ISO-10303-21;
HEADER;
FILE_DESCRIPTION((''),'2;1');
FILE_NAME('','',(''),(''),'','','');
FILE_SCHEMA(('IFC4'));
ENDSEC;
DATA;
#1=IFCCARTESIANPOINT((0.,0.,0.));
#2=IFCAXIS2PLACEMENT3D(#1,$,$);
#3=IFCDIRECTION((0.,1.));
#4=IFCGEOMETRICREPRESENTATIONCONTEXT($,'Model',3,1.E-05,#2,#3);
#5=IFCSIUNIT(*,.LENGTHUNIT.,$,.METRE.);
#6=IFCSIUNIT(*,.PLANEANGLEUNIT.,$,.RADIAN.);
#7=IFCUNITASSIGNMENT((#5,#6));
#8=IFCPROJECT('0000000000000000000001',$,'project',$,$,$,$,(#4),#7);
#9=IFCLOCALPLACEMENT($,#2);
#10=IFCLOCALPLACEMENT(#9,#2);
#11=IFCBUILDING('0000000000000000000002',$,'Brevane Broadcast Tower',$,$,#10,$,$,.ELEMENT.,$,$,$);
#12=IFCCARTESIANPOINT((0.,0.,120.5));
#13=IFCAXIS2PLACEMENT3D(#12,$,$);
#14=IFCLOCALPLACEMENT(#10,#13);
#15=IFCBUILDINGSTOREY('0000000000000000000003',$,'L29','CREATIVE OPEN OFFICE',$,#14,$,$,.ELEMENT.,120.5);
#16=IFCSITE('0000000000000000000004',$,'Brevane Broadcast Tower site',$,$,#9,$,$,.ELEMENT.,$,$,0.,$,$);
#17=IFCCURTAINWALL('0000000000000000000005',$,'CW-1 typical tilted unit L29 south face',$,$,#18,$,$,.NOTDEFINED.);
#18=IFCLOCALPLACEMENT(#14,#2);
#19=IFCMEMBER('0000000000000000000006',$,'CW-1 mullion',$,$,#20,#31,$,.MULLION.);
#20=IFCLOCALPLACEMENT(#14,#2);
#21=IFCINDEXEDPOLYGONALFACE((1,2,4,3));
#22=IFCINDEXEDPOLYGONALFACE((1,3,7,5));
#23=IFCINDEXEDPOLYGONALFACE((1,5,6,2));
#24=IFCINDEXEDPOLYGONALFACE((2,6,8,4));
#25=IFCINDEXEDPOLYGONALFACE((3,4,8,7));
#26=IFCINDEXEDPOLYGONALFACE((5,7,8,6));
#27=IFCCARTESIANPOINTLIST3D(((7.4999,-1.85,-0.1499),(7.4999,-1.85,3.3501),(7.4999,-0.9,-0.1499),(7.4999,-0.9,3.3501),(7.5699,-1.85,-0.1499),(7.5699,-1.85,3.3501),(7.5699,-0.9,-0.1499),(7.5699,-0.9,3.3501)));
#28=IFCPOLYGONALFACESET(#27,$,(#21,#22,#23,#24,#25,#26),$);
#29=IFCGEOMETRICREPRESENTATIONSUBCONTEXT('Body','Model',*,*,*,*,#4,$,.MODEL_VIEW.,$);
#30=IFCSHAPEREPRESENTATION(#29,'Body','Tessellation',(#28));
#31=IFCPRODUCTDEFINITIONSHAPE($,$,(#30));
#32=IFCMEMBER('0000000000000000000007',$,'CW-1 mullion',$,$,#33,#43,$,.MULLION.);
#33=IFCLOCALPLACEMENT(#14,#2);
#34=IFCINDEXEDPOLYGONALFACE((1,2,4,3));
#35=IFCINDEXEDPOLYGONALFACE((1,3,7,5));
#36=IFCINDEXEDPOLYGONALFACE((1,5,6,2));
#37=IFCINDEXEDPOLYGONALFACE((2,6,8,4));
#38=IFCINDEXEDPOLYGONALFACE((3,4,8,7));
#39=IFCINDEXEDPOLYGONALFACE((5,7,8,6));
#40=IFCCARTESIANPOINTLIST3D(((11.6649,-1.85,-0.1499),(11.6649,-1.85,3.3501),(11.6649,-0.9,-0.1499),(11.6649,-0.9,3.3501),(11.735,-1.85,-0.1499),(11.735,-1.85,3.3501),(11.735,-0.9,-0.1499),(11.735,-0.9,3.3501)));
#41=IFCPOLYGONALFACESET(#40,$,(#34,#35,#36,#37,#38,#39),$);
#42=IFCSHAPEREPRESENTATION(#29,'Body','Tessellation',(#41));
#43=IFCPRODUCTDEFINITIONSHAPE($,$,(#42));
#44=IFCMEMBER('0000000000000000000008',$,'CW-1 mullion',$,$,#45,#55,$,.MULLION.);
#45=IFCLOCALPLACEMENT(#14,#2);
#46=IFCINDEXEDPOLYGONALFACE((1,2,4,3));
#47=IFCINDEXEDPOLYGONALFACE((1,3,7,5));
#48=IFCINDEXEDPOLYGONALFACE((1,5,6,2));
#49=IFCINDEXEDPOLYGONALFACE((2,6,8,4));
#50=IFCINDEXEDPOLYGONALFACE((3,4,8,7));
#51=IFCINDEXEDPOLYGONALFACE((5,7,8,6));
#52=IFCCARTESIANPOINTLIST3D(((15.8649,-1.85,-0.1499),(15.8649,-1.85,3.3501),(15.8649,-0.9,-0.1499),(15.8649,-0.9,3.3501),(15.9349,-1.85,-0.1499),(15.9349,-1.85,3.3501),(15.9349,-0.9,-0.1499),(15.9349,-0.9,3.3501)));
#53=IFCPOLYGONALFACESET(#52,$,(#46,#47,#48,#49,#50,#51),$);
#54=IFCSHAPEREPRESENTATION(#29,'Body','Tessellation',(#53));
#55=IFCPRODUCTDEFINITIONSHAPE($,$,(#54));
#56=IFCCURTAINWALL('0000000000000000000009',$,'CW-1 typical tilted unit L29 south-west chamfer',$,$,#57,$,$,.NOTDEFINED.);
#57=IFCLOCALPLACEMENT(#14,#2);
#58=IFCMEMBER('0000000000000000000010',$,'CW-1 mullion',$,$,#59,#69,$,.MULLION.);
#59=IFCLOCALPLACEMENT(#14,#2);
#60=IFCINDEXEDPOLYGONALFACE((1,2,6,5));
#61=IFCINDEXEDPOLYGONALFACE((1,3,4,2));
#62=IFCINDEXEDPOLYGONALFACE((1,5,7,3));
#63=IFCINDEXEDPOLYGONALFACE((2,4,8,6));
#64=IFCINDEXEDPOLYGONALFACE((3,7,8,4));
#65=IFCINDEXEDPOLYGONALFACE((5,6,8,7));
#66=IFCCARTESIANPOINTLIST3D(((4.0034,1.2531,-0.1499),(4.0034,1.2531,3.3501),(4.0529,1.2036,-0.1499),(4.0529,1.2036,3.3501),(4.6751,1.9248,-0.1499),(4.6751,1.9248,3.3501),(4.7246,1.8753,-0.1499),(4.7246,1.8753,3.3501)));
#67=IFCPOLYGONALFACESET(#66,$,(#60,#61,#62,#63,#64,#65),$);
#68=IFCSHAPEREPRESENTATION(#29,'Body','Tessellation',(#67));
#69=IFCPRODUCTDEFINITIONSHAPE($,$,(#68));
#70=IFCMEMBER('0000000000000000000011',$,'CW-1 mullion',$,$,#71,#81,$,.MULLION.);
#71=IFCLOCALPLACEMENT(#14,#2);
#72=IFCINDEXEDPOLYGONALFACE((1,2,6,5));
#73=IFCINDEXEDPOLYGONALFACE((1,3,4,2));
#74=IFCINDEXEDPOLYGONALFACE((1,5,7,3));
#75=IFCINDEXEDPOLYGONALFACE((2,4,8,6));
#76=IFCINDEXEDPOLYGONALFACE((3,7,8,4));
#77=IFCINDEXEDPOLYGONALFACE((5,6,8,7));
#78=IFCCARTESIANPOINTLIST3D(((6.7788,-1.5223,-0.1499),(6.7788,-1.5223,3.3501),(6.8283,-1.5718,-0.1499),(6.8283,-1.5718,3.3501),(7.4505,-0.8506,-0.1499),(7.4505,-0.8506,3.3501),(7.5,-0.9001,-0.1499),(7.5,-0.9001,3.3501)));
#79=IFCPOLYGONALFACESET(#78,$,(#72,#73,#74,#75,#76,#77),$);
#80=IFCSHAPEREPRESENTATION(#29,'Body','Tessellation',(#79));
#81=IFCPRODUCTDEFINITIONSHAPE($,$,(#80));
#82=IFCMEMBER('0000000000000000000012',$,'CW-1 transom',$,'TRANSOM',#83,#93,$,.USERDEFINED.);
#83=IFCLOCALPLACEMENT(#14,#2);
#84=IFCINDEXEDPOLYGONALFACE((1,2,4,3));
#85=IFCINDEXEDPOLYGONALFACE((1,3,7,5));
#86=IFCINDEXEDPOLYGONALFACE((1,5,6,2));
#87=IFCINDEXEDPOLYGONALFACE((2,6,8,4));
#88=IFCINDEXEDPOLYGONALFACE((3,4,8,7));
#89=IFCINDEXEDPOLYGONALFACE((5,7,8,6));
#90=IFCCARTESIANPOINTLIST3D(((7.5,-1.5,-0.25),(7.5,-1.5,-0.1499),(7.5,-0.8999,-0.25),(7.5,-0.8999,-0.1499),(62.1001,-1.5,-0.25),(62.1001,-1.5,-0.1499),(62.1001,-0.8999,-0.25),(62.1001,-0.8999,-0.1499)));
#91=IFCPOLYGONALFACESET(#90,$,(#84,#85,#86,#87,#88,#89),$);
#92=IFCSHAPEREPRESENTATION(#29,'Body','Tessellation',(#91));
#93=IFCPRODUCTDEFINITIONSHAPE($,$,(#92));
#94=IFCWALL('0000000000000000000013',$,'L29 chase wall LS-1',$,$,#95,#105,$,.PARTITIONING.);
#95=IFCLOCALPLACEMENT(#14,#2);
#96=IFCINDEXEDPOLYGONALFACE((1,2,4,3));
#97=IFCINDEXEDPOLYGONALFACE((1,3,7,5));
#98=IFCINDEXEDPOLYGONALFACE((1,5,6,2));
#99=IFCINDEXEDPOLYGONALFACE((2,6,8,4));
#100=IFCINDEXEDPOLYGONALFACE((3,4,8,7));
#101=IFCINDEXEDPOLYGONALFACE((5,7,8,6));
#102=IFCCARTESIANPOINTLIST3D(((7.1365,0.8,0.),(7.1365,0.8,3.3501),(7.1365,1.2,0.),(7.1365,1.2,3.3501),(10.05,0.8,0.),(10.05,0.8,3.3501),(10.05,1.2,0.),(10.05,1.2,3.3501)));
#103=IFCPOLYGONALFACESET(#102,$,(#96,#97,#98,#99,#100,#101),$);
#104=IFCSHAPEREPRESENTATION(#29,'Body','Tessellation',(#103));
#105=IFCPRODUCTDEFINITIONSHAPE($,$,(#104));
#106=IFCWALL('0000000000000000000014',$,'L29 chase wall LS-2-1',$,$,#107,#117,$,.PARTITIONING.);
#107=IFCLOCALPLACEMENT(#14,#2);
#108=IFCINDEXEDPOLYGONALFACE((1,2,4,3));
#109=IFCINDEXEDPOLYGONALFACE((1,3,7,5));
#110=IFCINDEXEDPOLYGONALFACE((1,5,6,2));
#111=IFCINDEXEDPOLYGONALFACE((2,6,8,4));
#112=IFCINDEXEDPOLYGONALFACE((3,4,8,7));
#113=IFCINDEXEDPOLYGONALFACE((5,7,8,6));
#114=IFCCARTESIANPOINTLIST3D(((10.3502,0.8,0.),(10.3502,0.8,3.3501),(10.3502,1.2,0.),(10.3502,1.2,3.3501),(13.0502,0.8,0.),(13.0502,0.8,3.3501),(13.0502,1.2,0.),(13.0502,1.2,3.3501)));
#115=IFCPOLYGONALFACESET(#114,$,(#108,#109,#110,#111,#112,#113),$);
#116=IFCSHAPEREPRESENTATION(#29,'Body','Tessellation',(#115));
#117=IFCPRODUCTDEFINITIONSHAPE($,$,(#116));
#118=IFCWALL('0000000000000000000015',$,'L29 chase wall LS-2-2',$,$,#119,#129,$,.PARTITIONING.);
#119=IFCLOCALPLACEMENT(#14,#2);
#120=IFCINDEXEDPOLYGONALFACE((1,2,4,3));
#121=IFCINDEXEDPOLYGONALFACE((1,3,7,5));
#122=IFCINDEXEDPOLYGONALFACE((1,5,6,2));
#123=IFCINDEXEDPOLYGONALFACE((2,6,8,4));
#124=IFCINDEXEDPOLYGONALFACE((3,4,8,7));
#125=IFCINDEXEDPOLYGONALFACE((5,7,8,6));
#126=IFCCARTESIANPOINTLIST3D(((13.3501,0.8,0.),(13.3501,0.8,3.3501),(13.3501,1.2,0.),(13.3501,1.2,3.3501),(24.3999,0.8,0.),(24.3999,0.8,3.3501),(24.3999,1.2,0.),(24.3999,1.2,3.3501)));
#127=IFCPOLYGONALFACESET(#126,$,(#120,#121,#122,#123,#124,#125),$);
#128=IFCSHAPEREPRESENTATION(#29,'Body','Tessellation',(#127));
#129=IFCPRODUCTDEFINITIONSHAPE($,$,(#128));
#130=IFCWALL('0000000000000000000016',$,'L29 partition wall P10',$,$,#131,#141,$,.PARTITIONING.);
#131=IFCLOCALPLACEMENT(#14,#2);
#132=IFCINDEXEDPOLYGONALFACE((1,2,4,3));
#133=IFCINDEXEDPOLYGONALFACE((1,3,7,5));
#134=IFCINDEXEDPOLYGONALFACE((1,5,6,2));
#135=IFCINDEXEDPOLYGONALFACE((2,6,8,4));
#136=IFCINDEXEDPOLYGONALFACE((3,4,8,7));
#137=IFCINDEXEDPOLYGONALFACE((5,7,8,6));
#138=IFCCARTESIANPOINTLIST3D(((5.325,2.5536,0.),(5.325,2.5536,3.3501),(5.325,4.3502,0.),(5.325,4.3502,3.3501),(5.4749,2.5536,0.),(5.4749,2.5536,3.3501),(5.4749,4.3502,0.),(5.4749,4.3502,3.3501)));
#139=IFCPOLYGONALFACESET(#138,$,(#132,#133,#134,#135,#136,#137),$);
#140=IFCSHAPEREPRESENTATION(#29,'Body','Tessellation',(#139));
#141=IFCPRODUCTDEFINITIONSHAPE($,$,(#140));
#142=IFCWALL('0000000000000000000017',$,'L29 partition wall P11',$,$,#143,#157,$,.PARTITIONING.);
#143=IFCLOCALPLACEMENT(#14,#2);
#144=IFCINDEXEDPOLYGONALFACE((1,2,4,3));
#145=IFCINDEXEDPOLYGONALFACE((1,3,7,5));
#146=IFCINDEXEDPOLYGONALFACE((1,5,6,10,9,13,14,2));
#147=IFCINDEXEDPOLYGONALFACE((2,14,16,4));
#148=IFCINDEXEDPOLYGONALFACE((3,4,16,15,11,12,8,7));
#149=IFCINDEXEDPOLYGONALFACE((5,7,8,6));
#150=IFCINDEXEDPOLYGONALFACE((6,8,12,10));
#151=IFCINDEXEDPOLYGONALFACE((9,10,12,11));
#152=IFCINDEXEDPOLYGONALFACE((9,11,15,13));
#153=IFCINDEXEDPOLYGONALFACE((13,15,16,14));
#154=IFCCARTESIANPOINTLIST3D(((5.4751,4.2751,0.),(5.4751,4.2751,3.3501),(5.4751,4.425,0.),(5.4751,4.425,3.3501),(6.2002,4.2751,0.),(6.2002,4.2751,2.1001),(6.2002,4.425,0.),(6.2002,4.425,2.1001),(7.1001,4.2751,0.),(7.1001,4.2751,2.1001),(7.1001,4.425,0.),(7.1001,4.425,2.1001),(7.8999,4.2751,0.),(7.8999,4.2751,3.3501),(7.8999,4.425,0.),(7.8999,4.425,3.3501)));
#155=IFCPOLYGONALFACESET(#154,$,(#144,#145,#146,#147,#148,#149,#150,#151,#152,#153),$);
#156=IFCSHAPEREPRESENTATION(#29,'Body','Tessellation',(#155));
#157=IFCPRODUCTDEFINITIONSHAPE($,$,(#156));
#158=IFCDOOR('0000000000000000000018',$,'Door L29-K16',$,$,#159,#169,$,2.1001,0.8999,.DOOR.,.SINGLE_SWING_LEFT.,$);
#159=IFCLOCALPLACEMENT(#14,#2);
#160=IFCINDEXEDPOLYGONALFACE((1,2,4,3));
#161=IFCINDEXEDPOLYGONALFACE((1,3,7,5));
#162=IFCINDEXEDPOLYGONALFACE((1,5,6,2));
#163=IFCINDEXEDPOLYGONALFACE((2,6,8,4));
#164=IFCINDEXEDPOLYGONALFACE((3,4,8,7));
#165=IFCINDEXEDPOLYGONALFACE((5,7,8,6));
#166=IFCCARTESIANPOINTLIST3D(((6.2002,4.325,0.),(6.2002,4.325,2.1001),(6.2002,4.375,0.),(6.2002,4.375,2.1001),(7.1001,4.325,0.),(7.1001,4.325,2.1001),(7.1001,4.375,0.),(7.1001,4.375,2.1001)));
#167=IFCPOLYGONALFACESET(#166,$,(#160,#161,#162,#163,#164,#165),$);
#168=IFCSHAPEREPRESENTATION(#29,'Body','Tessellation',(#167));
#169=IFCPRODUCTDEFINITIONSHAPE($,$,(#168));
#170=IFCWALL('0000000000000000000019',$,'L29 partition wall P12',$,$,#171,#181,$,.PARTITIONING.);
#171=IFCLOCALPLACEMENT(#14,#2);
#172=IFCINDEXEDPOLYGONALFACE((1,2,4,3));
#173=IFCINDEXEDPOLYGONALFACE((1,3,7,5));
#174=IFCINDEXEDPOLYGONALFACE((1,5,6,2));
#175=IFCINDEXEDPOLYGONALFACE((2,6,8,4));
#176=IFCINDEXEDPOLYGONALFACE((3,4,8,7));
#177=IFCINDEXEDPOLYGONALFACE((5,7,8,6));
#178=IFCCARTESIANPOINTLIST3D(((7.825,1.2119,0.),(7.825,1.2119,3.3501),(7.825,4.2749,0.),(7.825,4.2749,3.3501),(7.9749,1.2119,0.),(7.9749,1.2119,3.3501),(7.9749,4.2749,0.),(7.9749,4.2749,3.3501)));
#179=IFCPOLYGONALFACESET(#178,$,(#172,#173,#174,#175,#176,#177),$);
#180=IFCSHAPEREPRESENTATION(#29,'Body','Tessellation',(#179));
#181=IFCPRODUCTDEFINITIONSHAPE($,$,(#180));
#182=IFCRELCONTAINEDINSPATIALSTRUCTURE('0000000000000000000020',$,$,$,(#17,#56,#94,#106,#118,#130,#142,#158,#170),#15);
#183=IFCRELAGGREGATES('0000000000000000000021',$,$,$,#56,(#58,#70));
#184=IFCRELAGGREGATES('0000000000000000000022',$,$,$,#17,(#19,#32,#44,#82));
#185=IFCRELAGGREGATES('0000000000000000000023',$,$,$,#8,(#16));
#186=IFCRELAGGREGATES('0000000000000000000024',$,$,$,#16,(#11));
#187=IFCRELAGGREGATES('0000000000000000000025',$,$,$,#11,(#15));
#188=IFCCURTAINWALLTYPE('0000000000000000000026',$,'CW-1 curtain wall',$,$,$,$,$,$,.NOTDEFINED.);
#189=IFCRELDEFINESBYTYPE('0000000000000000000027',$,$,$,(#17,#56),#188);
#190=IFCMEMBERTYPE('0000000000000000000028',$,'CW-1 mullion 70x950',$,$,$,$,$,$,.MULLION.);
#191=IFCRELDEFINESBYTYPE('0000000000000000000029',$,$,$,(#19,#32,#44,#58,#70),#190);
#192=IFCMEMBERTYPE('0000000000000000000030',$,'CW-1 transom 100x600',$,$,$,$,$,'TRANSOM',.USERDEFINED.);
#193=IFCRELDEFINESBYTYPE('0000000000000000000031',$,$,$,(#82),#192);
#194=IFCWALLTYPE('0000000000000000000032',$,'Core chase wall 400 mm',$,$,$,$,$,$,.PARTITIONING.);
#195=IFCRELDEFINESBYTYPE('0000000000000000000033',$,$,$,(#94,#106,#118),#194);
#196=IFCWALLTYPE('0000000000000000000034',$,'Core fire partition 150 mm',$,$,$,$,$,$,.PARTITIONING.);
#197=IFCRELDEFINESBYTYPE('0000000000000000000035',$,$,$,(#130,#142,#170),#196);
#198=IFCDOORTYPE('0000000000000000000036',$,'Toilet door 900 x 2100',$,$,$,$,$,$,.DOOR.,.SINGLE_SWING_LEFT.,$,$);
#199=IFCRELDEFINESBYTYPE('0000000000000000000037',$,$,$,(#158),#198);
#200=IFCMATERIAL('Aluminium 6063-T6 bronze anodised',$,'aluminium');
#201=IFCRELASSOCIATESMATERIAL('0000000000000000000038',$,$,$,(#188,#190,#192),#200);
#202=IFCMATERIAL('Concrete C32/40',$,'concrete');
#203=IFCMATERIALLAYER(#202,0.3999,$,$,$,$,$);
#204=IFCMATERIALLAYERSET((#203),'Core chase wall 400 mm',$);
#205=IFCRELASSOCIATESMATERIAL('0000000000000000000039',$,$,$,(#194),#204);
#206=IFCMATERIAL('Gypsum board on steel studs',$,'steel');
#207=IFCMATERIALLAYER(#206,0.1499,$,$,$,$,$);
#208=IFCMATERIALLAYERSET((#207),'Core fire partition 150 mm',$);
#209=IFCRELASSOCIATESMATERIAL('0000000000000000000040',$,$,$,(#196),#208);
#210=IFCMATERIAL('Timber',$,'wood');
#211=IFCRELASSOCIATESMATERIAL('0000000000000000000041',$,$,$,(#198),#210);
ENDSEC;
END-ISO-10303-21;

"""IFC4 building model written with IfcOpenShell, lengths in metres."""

from ifc_helpers import new_model, si_unit, direction, frame, frame_2d, origin, origin_2d, place, context, subcontext, project, spatial, rectangle, extrude, material, layer, layer_set, material_profile, profile_set, type_object, element, fill, aggregate, save


model = new_model("IFC4")

# Units and contexts
model_context = context("Model", 3, precision=1e-05, world=origin(), true_north=direction((0.0, 1.0)))
body_context = subcontext(model_context, "Body", "Model", "MODEL_VIEW")
ifc_project = project(units=[si_unit("LENGTHUNIT", "METRE"), si_unit("PLANEANGLEUNIT", "RADIAN")], contexts=[model_context])

# Site, building, storey
site_placement = place(None, origin())
site = spatial("IfcSite", under=ifc_project, at=site_placement, Name="Brevane Broadcast Tower site", CompositionType="ELEMENT", RefElevation=0.0)
building_placement = place(site_placement, origin())
building = spatial("IfcBuilding", under=site, at=building_placement, Name="Brevane Broadcast Tower", CompositionType="ELEMENT")
storey_placement = place(building_placement, frame((0.0, 0.0, 120.5)))
storey = spatial("IfcBuildingStorey", under=building, at=storey_placement, Name="L29", Description="CREATIVE OPEN OFFICE", CompositionType="ELEMENT", Elevation=120.5)

# Curtain walls, members
ifc_material_1 = material(Name="Aluminium 6063-T6 bronze anodised", Category="aluminium")
curtain_wall_type = type_object("IfcCurtainWallType", Name="CW-1 curtain wall", PredefinedType="NOTDEFINED", material=ifc_material_1)
curtain_wall_1_placement = place(storey_placement, origin())
curtain_wall_1 = element("IfcCurtainWall", 1, at=curtain_wall_1_placement, inside=storey, type_object=curtain_wall_type, Name="CW-1 typical tilted unit L29 south face", PredefinedType="NOTDEFINED")
ifc_material_profile_1 = material_profile(ifc_material_1, rectangle(XDim=0.95, YDim=0.0701, at=origin_2d()), Name="RECT 70x950")
ifc_profile_set_1 = profile_set([ifc_material_profile_1], Name="Aluminium 6063-T6 bronze anodised")
member_type_1 = type_object("IfcMemberType", Name="CW-1 mullion 70x950", PredefinedType="MULLION", material=ifc_profile_set_1)
member_1_placement = place(storey_placement, frame((7.5349, -1.375, -0.1499), z_axis=(0.0, 0.0, 1.0), x_axis=(0.0, 1.0, 0.0)))
member_1 = element("IfcMember", 2, at=member_1_placement, type_object=member_type_1, Name="CW-1 mullion", PredefinedType="MULLION", context=body_context, shape_type="SweptSolid", body=[
    extrude(rectangle(XDim=0.95, YDim=0.0701, at=origin_2d()), origin(), (0.0, 0.0, 1.0), 3.5),
])
member_2_placement = place(storey_placement, frame((11.7, -1.375, -0.1499), z_axis=(0.0, 0.0, 1.0), x_axis=(0.0, 1.0, 0.0)))
member_2 = element("IfcMember", 3, at=member_2_placement, type_object=member_type_1, Name="CW-1 mullion", PredefinedType="MULLION", context=body_context, shape_type="SweptSolid", body=[
    extrude(rectangle(XDim=0.95, YDim=0.0701, at=origin_2d()), origin(), (0.0, 0.0, 1.0), 3.5),
])
member_3_placement = place(storey_placement, frame((15.8999, -1.375, -0.1499), z_axis=(0.0, 0.0, 1.0), x_axis=(0.0, 1.0, 0.0)))
member_3 = element("IfcMember", 4, at=member_3_placement, type_object=member_type_1, Name="CW-1 mullion", PredefinedType="MULLION", context=body_context, shape_type="SweptSolid", body=[
    extrude(rectangle(XDim=0.95, YDim=0.0701, at=origin_2d()), origin(), (0.0, 0.0, 1.0), 3.5),
])
curtain_wall_2_placement = place(storey_placement, origin())
curtain_wall_2 = element("IfcCurtainWall", 5, at=curtain_wall_2_placement, inside=storey, type_object=curtain_wall_type, Name="CW-1 typical tilted unit L29 south-west chamfer", PredefinedType="NOTDEFINED")
member_4_placement = place(storey_placement, frame((4.364, 1.5642, -0.1499), z_axis=(0.0, 0.0, 1.0), x_axis=(0.707107, 0.707107, 0.0)))
member_4 = element("IfcMember", 6, at=member_4_placement, type_object=member_type_1, Name="CW-1 mullion", PredefinedType="MULLION", context=body_context, shape_type="SweptSolid", body=[
    extrude(rectangle(XDim=0.95, YDim=0.0701, at=origin_2d()), origin(), (0.0, 0.0, 1.0), 3.5),
])
member_5_placement = place(storey_placement, frame((7.1394, -1.2112, -0.1499), z_axis=(0.0, 0.0, 1.0), x_axis=(0.707107, 0.707107, 0.0)))
member_5 = element("IfcMember", 7, at=member_5_placement, type_object=member_type_1, Name="CW-1 mullion", PredefinedType="MULLION", context=body_context, shape_type="SweptSolid", body=[
    extrude(rectangle(XDim=0.95, YDim=0.0701, at=origin_2d()), origin(), (0.0, 0.0, 1.0), 3.5),
])
aggregate(curtain_wall_2, [member_4, member_5])

# Member
ifc_material_profile_2 = material_profile(ifc_material_1, rectangle(XDim=0.6001, YDim=0.1001, at=origin_2d()), Name="RECT 100x600")
ifc_profile_set_2 = profile_set([ifc_material_profile_2], Name="Aluminium 6063-T6 bronze anodised")
member_type_2 = type_object("IfcMemberType", Name="CW-1 transom 100x600", ElementType="TRANSOM", PredefinedType="USERDEFINED", material=ifc_profile_set_2)
member_6_placement = place(storey_placement, frame((7.5, -1.2, -0.2), z_axis=(1.0, 0.0, 0.0), x_axis=(0.0, 1.0, 0.0)))
member_6 = element("IfcMember", 8, at=member_6_placement, type_object=member_type_2, Name="CW-1 transom", ObjectType="TRANSOM", PredefinedType="USERDEFINED", context=body_context, shape_type="SweptSolid", body=[
    extrude(rectangle(XDim=0.6001, YDim=0.1001, at=origin_2d()), origin(), (0.0, 0.0, 1.0), 54.6001),
])
aggregate(curtain_wall_1, [member_1, member_2, member_3, member_6])

# Walls
ifc_material_2 = material(Name="Concrete C32/40", Category="concrete")
ifc_layer_1 = layer(ifc_material_2, 0.3999)
ifc_layer_set_1 = layer_set([ifc_layer_1], Name="Core chase wall 400 mm")
wall_type_1 = type_object("IfcWallType", Name="Core chase wall 400 mm", PredefinedType="PARTITIONING", material=ifc_layer_set_1)
wall_1_placement = place(storey_placement, frame((7.1365, 1.0, 0.0), z_axis=(0.0, 0.0, 1.0), x_axis=(1.0, 0.0, 0.0)))
element("IfcWall", 9, at=wall_1_placement, inside=storey, type_object=wall_type_1, Name="L29 chase wall LS-1", PredefinedType="PARTITIONING", context=body_context, shape_type="SweptSolid", body=[
    extrude(rectangle(XDim=2.9136, YDim=0.3999, at=frame_2d((1.4568, 0.0))), origin(), (0.0, 0.0, 1.0), 3.3501),
])
wall_2_placement = place(storey_placement, frame((10.3501, 1.0, 0.0), z_axis=(0.0, 0.0, 1.0), x_axis=(1.0, 0.0, 0.0)))
element("IfcWall", 10, at=wall_2_placement, inside=storey, type_object=wall_type_1, Name="L29 chase wall LS-2-1", PredefinedType="PARTITIONING", context=body_context, shape_type="SweptSolid", body=[
    extrude(rectangle(XDim=2.7, YDim=0.3999, at=frame_2d((1.3501, 0.0))), origin(), (0.0, 0.0, 1.0), 3.3501),
])
wall_3_placement = place(storey_placement, frame((13.3501, 1.0, 0.0), z_axis=(0.0, 0.0, 1.0), x_axis=(1.0, 0.0, 0.0)))
element("IfcWall", 11, at=wall_3_placement, inside=storey, type_object=wall_type_1, Name="L29 chase wall LS-2-2", PredefinedType="PARTITIONING", context=body_context, shape_type="SweptSolid", body=[
    extrude(rectangle(XDim=11.0498, YDim=0.3999, at=frame_2d((5.5249, 0.0))), origin(), (0.0, 0.0, 1.0), 3.3501),
])
ifc_material_3 = material(Name="Gypsum board on steel studs", Category="steel")
ifc_layer_2 = layer(ifc_material_3, 0.1499)
ifc_layer_set_2 = layer_set([ifc_layer_2], Name="Core fire partition 150 mm")
wall_type_2 = type_object("IfcWallType", Name="Core fire partition 150 mm", PredefinedType="PARTITIONING", material=ifc_layer_set_2)
wall_4_placement = place(storey_placement, frame((5.3999, 2.5535, 0.0), z_axis=(0.0, 0.0, 1.0), x_axis=(0.0, 1.0, 0.0)))
element("IfcWall", 12, at=wall_4_placement, inside=storey, type_object=wall_type_2, Name="L29 partition wall P10", PredefinedType="PARTITIONING", context=body_context, shape_type="SweptSolid", body=[
    extrude(rectangle(XDim=1.7966, YDim=0.1499, at=frame_2d((0.8984, 0.0))), origin(), (0.0, 0.0, 1.0), 3.3501),
])

# Wall, opening, door
wall_5_placement = place(storey_placement, frame((5.4751, 4.3501, 0.0), z_axis=(0.0, 0.0, 1.0), x_axis=(1.0, 0.0, 0.0)))
wall_5 = element("IfcWall", 13, at=wall_5_placement, inside=storey, type_object=wall_type_2, Name="L29 partition wall P11", PredefinedType="PARTITIONING", context=body_context, shape_type="SweptSolid", body=[
    extrude(rectangle(XDim=2.4248, YDim=0.1499, at=frame_2d((1.2124, 0.0))), origin(), (0.0, 0.0, 1.0), 3.3501),
])
opening_1_placement = place(wall_5_placement, frame((0.7251, 0.0, 0.0)))
opening_1 = element("IfcOpeningElement", 14, at=opening_1_placement, cuts=wall_5, PredefinedType="OPENING", context=body_context, shape_type="SweptSolid", body=[
    extrude(rectangle(XDim=0.8999, YDim=2.1001, at=frame_2d((0.45, 1.05))), frame((0.0, 0.085, 0.0), z_axis=(0.0, -1.0, 0.0), x_axis=(1.0, 0.0, 0.0)), (0.0, 0.0, 1.0), 0.1699),
])
ifc_material_4 = material(Name="Timber", Category="wood")
door_type_1 = type_object("IfcDoorType", Name="Toilet door 900 x 2100", OperationType="SINGLE_SWING_LEFT", PredefinedType="DOOR", material=ifc_material_4)
door_1_placement = place(opening_1_placement, origin())
door_1 = element("IfcDoor", 15, at=door_1_placement, inside=storey, type_object=door_type_1, Name="Door L29-K16", OperationType="SINGLE_SWING_LEFT", OverallHeight=2.1001, OverallWidth=0.8999, PredefinedType="DOOR", context=body_context, shape_type="SweptSolid", body=[
    extrude(rectangle(XDim=0.8999, YDim=2.1001, at=frame_2d((0.45, 1.05))), frame((0.0, 0.0249, 0.0), z_axis=(0.0, -1.0, 0.0), x_axis=(1.0, 0.0, 0.0)), (0.0, 0.0, 1.0), 0.05),
])
fill(opening_1, door_1)

# Wall
wall_6_placement = place(storey_placement, frame((7.8999, 4.2749, 0.0), z_axis=(0.0, 0.0, 1.0), x_axis=(0.0, -1.0, 0.0)))
element("IfcWall", 16, at=wall_6_placement, inside=storey, type_object=wall_type_2, Name="L29 partition wall P12", PredefinedType="PARTITIONING", context=body_context, shape_type="SweptSolid", body=[
    extrude(rectangle(XDim=3.063, YDim=0.1499, at=frame_2d((1.5315, 0.0))), origin(), (0.0, 0.0, 1.0), 3.3501),
])

save(model, "model.ifc")
